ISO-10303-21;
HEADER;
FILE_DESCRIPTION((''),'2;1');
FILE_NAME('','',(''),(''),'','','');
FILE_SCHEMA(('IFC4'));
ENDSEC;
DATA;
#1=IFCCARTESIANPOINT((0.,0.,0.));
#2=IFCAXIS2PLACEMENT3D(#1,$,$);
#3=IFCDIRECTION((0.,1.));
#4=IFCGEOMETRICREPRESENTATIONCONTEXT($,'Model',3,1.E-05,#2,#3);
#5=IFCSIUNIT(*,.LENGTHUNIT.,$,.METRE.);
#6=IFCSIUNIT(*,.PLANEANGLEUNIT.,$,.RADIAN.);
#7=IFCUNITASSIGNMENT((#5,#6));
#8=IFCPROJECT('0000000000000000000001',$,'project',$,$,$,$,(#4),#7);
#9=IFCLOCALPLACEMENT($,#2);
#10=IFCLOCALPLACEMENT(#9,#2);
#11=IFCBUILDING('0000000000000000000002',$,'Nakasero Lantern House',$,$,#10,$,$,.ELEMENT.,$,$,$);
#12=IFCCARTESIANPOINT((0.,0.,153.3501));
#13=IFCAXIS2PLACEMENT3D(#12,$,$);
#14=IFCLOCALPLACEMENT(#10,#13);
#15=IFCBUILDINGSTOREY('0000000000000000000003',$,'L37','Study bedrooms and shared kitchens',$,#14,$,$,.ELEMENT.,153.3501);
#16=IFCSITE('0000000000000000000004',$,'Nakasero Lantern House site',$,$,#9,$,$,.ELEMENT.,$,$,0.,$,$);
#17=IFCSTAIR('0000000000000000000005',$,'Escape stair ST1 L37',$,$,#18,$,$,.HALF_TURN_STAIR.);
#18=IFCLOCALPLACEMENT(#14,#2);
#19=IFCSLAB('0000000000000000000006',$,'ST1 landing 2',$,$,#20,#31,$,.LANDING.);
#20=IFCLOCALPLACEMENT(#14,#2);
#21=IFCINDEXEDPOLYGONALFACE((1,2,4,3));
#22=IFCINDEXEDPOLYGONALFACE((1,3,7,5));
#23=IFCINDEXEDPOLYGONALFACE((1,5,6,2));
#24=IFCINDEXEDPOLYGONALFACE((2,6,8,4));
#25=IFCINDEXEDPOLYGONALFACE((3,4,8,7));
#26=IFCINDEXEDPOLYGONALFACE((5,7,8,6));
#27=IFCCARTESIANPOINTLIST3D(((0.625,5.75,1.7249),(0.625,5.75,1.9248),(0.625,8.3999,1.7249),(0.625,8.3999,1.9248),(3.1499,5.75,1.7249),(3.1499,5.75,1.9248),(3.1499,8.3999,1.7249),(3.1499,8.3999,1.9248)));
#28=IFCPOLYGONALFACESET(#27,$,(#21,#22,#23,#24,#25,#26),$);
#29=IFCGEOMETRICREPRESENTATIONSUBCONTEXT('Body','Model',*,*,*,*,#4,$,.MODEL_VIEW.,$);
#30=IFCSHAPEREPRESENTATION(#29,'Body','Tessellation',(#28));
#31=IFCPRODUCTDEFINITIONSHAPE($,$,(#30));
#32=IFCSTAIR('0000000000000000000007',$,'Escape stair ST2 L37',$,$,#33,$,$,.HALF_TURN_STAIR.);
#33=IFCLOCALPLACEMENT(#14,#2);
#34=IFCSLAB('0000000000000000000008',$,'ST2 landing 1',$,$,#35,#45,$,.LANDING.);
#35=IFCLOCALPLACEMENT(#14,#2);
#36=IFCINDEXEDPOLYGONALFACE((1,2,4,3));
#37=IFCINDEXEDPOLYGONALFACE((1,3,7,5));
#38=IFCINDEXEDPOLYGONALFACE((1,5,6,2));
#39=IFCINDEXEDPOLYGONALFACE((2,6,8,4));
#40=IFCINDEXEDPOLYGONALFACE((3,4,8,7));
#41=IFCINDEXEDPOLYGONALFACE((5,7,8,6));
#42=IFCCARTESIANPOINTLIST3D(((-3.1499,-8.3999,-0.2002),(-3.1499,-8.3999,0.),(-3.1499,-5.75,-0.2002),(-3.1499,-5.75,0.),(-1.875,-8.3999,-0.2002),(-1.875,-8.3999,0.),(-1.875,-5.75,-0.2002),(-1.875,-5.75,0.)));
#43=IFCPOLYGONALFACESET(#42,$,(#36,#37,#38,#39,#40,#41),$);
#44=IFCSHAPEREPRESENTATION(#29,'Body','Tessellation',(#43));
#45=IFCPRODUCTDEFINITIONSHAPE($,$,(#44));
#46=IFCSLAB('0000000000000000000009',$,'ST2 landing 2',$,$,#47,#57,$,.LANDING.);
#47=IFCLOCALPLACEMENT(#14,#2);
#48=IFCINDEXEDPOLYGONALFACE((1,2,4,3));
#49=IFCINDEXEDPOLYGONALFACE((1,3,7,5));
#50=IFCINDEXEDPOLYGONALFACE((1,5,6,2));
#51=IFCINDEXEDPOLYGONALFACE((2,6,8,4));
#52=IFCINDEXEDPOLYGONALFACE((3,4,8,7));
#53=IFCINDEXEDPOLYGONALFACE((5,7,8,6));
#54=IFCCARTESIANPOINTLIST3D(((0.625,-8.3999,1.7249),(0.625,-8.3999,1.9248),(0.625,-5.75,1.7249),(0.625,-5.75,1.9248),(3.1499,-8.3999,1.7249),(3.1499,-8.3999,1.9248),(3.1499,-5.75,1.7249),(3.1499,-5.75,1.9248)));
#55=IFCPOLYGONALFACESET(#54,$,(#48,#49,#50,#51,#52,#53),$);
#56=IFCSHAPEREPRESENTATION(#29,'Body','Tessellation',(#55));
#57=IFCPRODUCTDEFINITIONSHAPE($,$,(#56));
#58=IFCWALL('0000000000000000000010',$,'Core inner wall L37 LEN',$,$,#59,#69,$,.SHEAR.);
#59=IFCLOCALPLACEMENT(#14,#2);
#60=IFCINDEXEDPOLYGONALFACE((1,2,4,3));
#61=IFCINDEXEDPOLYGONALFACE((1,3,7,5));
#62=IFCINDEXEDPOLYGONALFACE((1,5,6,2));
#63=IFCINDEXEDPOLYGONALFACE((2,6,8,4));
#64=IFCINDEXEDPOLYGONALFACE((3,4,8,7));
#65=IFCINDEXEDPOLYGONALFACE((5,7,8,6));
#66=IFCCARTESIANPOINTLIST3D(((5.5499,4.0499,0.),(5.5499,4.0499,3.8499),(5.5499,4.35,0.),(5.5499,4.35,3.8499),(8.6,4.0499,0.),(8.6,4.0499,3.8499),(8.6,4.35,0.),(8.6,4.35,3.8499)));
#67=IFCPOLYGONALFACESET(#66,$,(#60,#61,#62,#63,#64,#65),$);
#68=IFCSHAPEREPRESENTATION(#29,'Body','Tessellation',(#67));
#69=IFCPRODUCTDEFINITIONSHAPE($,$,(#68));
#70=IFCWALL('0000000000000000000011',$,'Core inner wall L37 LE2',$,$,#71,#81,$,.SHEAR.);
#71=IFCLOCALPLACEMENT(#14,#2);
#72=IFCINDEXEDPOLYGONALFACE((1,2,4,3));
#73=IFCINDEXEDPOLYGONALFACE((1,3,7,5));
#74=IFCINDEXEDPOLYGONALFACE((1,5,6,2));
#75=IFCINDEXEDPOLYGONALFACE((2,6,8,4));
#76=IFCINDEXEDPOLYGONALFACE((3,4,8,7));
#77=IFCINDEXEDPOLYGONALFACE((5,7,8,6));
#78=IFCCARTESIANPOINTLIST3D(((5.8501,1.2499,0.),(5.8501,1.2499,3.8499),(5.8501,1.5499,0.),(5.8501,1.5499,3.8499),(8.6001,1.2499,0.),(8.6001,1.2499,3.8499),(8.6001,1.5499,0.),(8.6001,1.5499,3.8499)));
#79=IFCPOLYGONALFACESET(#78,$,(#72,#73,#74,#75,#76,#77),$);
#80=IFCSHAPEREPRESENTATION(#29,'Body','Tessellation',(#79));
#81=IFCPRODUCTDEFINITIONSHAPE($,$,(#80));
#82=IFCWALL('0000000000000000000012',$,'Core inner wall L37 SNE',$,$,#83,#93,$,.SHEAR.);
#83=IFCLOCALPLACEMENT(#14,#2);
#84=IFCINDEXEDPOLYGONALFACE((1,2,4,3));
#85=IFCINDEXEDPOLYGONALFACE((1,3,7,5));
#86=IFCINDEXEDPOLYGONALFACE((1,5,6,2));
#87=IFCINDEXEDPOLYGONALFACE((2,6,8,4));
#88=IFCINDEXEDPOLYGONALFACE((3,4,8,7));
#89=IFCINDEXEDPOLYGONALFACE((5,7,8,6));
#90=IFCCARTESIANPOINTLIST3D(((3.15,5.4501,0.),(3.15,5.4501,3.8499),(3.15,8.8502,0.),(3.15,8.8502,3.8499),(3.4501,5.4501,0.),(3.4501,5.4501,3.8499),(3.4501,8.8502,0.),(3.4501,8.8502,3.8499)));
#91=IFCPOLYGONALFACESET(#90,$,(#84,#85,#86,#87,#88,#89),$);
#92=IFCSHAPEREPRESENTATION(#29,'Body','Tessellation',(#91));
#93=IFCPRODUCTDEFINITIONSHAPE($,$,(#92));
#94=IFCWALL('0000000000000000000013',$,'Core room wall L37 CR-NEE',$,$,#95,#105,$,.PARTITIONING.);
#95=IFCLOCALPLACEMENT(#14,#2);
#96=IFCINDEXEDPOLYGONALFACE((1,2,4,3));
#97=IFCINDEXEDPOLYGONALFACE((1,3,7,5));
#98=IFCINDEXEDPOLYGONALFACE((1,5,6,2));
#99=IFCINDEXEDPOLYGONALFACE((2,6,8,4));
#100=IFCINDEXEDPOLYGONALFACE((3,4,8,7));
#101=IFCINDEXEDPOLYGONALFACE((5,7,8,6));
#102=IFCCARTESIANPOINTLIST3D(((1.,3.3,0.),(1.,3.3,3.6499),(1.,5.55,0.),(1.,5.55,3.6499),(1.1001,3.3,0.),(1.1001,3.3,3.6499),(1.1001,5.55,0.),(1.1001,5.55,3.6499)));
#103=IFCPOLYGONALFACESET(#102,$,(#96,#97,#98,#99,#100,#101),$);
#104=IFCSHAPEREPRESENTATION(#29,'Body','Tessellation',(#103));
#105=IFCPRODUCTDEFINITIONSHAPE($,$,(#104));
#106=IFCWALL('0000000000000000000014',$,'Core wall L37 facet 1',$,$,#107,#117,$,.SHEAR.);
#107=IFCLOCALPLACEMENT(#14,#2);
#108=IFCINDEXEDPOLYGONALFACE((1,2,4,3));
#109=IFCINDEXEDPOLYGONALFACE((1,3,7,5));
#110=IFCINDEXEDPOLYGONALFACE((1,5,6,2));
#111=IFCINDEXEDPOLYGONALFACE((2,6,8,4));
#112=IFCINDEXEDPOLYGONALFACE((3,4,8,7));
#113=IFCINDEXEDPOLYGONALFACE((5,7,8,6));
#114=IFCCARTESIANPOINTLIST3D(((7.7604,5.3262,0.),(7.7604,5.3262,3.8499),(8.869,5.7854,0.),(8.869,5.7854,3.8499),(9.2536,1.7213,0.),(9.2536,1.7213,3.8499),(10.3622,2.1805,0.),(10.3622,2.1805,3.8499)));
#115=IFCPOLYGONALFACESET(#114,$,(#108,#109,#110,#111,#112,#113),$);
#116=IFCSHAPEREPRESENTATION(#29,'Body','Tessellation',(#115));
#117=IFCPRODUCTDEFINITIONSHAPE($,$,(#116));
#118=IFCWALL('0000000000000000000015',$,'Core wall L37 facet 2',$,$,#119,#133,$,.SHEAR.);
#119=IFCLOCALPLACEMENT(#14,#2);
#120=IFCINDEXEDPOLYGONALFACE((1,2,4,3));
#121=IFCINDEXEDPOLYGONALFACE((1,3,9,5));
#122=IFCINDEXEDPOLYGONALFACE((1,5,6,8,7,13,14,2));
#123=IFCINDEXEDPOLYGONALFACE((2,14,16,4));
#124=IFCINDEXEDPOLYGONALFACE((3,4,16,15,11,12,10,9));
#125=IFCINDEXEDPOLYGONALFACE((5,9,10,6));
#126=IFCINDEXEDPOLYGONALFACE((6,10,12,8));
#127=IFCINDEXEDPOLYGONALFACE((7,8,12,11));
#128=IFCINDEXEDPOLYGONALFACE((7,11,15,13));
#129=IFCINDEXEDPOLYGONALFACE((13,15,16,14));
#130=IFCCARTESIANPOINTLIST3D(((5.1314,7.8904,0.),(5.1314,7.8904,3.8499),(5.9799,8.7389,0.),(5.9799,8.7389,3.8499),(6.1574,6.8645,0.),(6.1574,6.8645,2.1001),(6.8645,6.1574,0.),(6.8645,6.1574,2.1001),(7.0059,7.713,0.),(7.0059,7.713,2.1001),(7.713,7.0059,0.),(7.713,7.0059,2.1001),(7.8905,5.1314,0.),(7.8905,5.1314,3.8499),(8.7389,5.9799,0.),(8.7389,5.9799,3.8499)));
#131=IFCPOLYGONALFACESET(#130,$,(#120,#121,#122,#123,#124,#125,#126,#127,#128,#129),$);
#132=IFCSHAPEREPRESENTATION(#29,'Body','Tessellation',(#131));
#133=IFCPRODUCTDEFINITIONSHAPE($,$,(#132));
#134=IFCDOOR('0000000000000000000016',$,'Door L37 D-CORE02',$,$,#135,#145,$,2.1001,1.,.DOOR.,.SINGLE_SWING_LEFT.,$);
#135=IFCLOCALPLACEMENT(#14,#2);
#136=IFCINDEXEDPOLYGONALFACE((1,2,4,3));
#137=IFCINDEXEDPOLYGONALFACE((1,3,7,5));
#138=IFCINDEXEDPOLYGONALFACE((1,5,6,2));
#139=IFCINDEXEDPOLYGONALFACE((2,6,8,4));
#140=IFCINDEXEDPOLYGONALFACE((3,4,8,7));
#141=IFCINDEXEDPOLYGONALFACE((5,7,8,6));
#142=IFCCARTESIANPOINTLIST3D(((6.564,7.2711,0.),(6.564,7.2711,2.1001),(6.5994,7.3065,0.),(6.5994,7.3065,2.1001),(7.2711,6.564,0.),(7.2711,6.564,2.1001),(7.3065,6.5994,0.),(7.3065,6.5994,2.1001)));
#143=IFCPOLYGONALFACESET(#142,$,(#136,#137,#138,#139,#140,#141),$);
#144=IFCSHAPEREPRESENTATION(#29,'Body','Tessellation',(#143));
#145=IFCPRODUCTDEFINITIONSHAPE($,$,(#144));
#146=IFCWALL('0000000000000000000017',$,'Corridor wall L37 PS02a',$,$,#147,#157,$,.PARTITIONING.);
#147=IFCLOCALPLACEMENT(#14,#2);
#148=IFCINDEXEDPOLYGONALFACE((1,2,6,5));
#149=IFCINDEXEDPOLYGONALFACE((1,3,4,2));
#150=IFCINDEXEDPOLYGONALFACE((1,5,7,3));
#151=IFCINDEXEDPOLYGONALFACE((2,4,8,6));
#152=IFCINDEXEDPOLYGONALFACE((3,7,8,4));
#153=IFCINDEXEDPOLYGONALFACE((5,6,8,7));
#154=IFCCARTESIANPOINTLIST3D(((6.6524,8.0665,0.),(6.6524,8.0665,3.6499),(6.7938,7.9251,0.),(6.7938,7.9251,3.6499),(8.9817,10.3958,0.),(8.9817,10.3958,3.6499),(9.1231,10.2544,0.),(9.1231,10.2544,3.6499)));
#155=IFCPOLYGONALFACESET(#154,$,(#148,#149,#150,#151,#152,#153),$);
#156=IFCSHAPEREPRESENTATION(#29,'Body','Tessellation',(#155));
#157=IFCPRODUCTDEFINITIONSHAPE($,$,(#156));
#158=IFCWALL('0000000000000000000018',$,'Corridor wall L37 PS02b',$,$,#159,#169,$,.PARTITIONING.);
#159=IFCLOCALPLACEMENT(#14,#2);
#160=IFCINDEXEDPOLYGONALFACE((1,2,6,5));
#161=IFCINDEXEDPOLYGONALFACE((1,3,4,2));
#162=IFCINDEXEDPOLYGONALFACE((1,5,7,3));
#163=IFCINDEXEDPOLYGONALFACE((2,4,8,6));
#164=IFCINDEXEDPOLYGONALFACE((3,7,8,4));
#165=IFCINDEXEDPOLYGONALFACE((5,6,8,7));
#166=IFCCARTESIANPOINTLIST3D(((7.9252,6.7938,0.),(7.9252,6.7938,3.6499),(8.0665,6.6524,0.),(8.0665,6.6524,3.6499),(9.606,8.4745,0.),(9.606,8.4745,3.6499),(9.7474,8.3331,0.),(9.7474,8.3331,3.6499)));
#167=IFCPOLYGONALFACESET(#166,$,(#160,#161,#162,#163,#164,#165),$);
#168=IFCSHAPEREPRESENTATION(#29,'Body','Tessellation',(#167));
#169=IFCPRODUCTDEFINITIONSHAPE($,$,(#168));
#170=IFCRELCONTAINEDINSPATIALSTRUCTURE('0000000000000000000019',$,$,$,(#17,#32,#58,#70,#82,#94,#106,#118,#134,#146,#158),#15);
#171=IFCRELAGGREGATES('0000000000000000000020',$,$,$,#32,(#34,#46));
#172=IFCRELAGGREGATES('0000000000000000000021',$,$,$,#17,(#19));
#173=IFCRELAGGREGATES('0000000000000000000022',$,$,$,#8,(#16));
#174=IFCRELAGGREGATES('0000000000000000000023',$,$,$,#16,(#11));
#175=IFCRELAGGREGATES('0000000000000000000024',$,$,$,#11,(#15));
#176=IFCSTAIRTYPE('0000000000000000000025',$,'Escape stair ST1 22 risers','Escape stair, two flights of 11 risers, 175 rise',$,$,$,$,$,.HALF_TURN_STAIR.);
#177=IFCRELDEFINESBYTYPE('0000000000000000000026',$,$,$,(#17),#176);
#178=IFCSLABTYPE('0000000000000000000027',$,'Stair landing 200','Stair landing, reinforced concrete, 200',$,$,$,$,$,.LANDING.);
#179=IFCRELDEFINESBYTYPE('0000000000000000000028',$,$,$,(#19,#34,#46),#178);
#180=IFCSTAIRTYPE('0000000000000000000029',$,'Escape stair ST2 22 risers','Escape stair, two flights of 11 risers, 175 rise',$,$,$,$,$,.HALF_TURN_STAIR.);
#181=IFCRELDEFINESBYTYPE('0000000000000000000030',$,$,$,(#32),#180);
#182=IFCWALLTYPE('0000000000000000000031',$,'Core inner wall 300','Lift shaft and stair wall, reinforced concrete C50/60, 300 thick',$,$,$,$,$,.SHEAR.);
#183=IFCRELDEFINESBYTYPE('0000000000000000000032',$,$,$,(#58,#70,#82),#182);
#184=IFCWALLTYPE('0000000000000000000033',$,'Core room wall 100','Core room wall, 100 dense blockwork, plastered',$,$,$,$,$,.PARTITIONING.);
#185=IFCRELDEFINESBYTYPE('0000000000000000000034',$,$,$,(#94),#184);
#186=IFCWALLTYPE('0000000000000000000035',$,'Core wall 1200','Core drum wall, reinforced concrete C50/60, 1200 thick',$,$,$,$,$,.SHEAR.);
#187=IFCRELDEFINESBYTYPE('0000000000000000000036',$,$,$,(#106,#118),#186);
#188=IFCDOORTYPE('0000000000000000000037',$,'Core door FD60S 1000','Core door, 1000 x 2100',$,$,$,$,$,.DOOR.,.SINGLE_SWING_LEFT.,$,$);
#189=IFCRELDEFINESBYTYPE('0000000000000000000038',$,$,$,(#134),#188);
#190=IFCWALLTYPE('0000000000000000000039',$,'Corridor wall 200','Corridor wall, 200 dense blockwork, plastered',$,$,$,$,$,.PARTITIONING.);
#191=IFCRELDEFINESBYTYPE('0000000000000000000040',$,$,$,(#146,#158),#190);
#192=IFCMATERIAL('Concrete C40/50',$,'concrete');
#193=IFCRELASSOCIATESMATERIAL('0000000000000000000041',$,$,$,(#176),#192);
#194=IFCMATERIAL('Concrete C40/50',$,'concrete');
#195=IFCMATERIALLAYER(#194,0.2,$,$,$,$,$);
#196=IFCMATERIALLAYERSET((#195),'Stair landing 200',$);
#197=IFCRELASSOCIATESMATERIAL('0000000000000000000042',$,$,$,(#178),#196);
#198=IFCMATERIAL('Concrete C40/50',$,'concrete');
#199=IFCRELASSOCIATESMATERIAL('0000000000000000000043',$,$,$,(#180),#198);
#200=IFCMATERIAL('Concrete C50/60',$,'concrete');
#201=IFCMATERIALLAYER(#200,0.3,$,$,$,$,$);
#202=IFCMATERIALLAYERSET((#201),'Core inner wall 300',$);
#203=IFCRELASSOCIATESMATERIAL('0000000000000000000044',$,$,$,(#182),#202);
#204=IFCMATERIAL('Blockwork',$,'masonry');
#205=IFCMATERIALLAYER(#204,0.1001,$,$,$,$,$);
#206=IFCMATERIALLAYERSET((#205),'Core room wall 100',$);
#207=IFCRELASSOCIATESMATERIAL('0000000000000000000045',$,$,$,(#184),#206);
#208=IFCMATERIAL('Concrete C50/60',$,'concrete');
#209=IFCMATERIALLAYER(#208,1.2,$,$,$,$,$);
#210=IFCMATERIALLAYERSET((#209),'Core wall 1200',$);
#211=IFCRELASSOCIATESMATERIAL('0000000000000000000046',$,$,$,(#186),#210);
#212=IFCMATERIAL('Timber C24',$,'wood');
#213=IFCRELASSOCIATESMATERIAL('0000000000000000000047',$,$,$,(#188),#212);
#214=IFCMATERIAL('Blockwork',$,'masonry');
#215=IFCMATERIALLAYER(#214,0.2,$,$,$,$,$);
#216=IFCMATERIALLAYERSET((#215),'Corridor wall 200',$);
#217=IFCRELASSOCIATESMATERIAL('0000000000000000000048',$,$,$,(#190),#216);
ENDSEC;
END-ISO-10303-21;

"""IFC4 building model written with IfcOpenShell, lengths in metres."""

from ifc_helpers import new_model, si_unit, direction, frame, frame_2d, origin, place, context, subcontext, project, spatial, polyline, rectangle, outline, extrude, material, layer, layer_set, type_object, element, fill, aggregate, save


model = new_model("IFC4")

# Units and contexts
model_context = context("Model", 3, precision=1e-05, world=origin(), true_north=direction((0.0, 1.0)))
body_context = subcontext(model_context, "Body", "Model", "MODEL_VIEW")
ifc_project = project(units=[si_unit("LENGTHUNIT", "METRE"), si_unit("PLANEANGLEUNIT", "RADIAN")], contexts=[model_context])

# Site, building, storey
site_placement = place(None, origin())
site = spatial("IfcSite", under=ifc_project, at=site_placement, Name="Nakasero Lantern House site", CompositionType="ELEMENT", RefElevation=0.0)
building_placement = place(site_placement, origin())
building = spatial("IfcBuilding", under=site, at=building_placement, Name="Nakasero Lantern House", CompositionType="ELEMENT")
storey_placement = place(building_placement, frame((0.0, 0.0, 153.3501)))
storey = spatial("IfcBuildingStorey", under=building, at=storey_placement, Name="L37", Description="Study bedrooms and shared kitchens", CompositionType="ELEMENT", Elevation=153.3501)

# Stairs, slabs
ifc_material_1 = material(Name="Concrete C40/50", Category="concrete")
stair_type_1 = type_object("IfcStairType", Name="Escape stair ST1 22 risers", Description="Escape stair, two flights of 11 risers, 175 rise", PredefinedType="HALF_TURN_STAIR", material=ifc_material_1)
stair_1_placement = place(storey_placement, origin())
stair_1 = element("IfcStair", 1, at=stair_1_placement, inside=storey, type_object=stair_type_1, Name="Escape stair ST1 L37", PredefinedType="HALF_TURN_STAIR")
ifc_material_2 = material(Name="Concrete C40/50", Category="concrete")
ifc_layer_1 = layer(ifc_material_2, 0.2)
ifc_layer_set_1 = layer_set([ifc_layer_1], Name="Stair landing 200")
slab_type_1 = type_object("IfcSlabType", Name="Stair landing 200", Description="Stair landing, reinforced concrete, 200", PredefinedType="LANDING", material=ifc_layer_set_1)
slab_1_placement = place(storey_placement, frame((0.0, 0.0, 1.7249)))
slab_1 = element("IfcSlab", 2, at=slab_1_placement, type_object=slab_type_1, Name="ST1 landing 2", PredefinedType="LANDING", context=body_context, shape_type="SweptSolid", body=[
    extrude(outline(polyline([(0.625, 5.75), (3.1499, 5.75), (3.1499, 8.3999), (0.625, 8.3999), (0.625, 5.75)])), origin(), (0.0, 0.0, 1.0), 0.2),
])
ifc_material_3 = material(Name="Concrete C40/50", Category="concrete")
stair_type_2 = type_object("IfcStairType", Name="Escape stair ST2 22 risers", Description="Escape stair, two flights of 11 risers, 175 rise", PredefinedType="HALF_TURN_STAIR", material=ifc_material_3)
stair_2_placement = place(storey_placement, origin())
stair_2 = element("IfcStair", 3, at=stair_2_placement, inside=storey, type_object=stair_type_2, Name="Escape stair ST2 L37", PredefinedType="HALF_TURN_STAIR")
slab_2_placement = place(storey_placement, frame((0.0, 0.0, -0.2002)))
slab_2 = element("IfcSlab", 4, at=slab_2_placement, type_object=slab_type_1, Name="ST2 landing 1", PredefinedType="LANDING", context=body_context, shape_type="SweptSolid", body=[
    extrude(outline(polyline([(-3.1499, -8.3999), (-1.875, -8.3999), (-1.875, -5.75), (-3.1499, -5.75), (-3.1499, -8.3999)])), origin(), (0.0, 0.0, 1.0), 0.2002),
])
slab_3_placement = place(storey_placement, frame((0.0, 0.0, 1.7249)))
slab_3 = element("IfcSlab", 5, at=slab_3_placement, type_object=slab_type_1, Name="ST2 landing 2", PredefinedType="LANDING", context=body_context, shape_type="SweptSolid", body=[
    extrude(outline(polyline([(0.625, -8.3999), (3.1499, -8.3999), (3.1499, -5.75), (0.625, -5.75), (0.625, -8.3999)])), origin(), (0.0, 0.0, 1.0), 0.2),
])
aggregate(stair_2, [slab_2, slab_3])

# Walls
ifc_material_4 = material(Name="Concrete C50/60", Category="concrete")
ifc_layer_2 = layer(ifc_material_4, 0.3)
ifc_layer_set_2 = layer_set([ifc_layer_2], Name="Core inner wall 300")
wall_type_1 = type_object("IfcWallType", Name="Core inner wall 300", Description="Lift shaft and stair wall, reinforced concrete C50/60, 300 thick", PredefinedType="SHEAR", material=ifc_layer_set_2)
wall_1_placement = place(storey_placement, frame((5.55, 4.2, 0.0), z_axis=(0.0, 0.0, 1.0), x_axis=(1.0, 0.0, 0.0)))
element("IfcWall", 6, at=wall_1_placement, inside=storey, type_object=wall_type_1, Name="Core inner wall L37 LEN", PredefinedType="SHEAR", context=body_context, shape_type="SweptSolid", body=[
    extrude(rectangle(XDim=3.05, YDim=0.3, at=frame_2d((1.5249, 0.0))), origin(), (0.0, 0.0, 1.0), 3.8499),
])
wall_2_placement = place(storey_placement, frame((5.8501, 1.3999, 0.0), z_axis=(0.0, 0.0, 1.0), x_axis=(1.0, 0.0, 0.0)))
element("IfcWall", 7, at=wall_2_placement, inside=storey, type_object=wall_type_1, Name="Core inner wall L37 LE2", PredefinedType="SHEAR", context=body_context, shape_type="SweptSolid", body=[
    extrude(rectangle(XDim=2.75, YDim=0.3, at=frame_2d((1.375, 0.0))), origin(), (0.0, 0.0, 1.0), 3.8499),
])
wall_3_placement = place(storey_placement, frame((3.3, 5.45, 0.0), z_axis=(0.0, 0.0, 1.0), x_axis=(0.0, 1.0, 0.0)))
element("IfcWall", 8, at=wall_3_placement, inside=storey, type_object=wall_type_1, Name="Core inner wall L37 SNE", PredefinedType="SHEAR", context=body_context, shape_type="SweptSolid", body=[
    extrude(rectangle(XDim=3.4001, YDim=0.3, at=frame_2d((1.7002, 0.0))), origin(), (0.0, 0.0, 1.0), 3.8499),
])
ifc_material_5 = material(Name="Blockwork", Category="masonry")
ifc_layer_3 = layer(ifc_material_5, 0.1001)
ifc_layer_set_3 = layer_set([ifc_layer_3], Name="Core room wall 100")
wall_type_2 = type_object("IfcWallType", Name="Core room wall 100", Description="Core room wall, 100 dense blockwork, plastered", PredefinedType="PARTITIONING", material=ifc_layer_set_3)
wall_4_placement = place(storey_placement, frame((1.05, 3.3, 0.0), z_axis=(0.0, 0.0, 1.0), x_axis=(0.0, 1.0, 0.0)))
element("IfcWall", 9, at=wall_4_placement, inside=storey, type_object=wall_type_2, Name="Core room wall L37 CR-NEE", PredefinedType="PARTITIONING", context=body_context, shape_type="SweptSolid", body=[
    extrude(rectangle(XDim=2.25, YDim=0.1001, at=frame_2d((1.125, 0.0))), origin(), (0.0, 0.0, 1.0), 3.6499),
])
ifc_material_6 = material(Name="Concrete C50/60", Category="concrete")
ifc_layer_4 = layer(ifc_material_6, 1.2)
ifc_layer_set_4 = layer_set([ifc_layer_4], Name="Core wall 1200")
wall_type_3 = type_object("IfcWallType", Name="Core wall 1200", Description="Core drum wall, reinforced concrete C50/60, 1200 thick", PredefinedType="SHEAR", material=ifc_layer_set_4)
wall_5_placement = place(storey_placement, frame((9.8079, 1.9509, 0.0), z_axis=(0.0, 0.0, 1.0), x_axis=(-0.382691, 0.923877, 0.0)))
element("IfcWall", 10, at=wall_5_placement, inside=storey, type_object=wall_type_3, Name="Core wall L37 facet 1", PredefinedType="SHEAR", context=body_context, shape_type="SweptSolid", body=[
    extrude(rectangle(XDim=3.9019, YDim=1.2, at=frame_2d((1.9509, 0.0))), origin(), (0.0, 0.0, 1.0), 3.8499),
])

# Wall, opening, door
wall_6_placement = place(storey_placement, frame((8.3147, 5.5557, 0.0), z_axis=(0.0, 0.0, 1.0), x_axis=(-0.707107, 0.707107, 0.0)))
wall_6 = element("IfcWall", 11, at=wall_6_placement, inside=storey, type_object=wall_type_3, Name="Core wall L37 facet 2", PredefinedType="SHEAR", context=body_context, shape_type="SweptSolid", body=[
    extrude(rectangle(XDim=3.9019, YDim=1.2, at=frame_2d((1.9509, 0.0))), origin(), (0.0, 0.0, 1.0), 3.8499),
])
opening_1_placement = place(wall_6_placement, frame((1.4509, 0.0, 0.0)))
opening_1 = element("IfcOpeningElement", 12, at=opening_1_placement, cuts=wall_6, PredefinedType="OPENING", context=body_context, shape_type="SweptSolid", body=[
    extrude(rectangle(XDim=1.0, YDim=2.1001, at=frame_2d((0.5, 1.05))), frame((0.0, 0.6199, 0.0), z_axis=(0.0, -1.0, 0.0), x_axis=(1.0, 0.0, 0.0)), (0.0, 0.0, 1.0), 1.24),
])
ifc_material_7 = material(Name="Timber C24", Category="wood")
door_type_1 = type_object("IfcDoorType", Name="Core door FD60S 1000", Description="Core door, 1000 x 2100", OperationType="SINGLE_SWING_LEFT", PredefinedType="DOOR", material=ifc_material_7)
door_1_placement = place(opening_1_placement, origin())
door_1 = element("IfcDoor", 13, at=door_1_placement, inside=storey, type_object=door_type_1, Name="Door L37 D-CORE02", OperationType="SINGLE_SWING_LEFT", OverallHeight=2.1001, OverallWidth=1.0, PredefinedType="DOOR", context=body_context, shape_type="SweptSolid", body=[
    extrude(rectangle(XDim=1.0, YDim=2.1001, at=frame_2d((0.5, 1.05))), frame((0.0, 0.0249, 0.0), z_axis=(0.0, -1.0, 0.0), x_axis=(1.0, 0.0, 0.0)), (0.0, 0.0, 1.0), 0.05),
])
fill(opening_1, door_1)

# Walls
ifc_material_8 = material(Name="Blockwork", Category="masonry")
ifc_layer_5 = layer(ifc_material_8, 0.2)
ifc_layer_set_5 = layer_set([ifc_layer_5], Name="Corridor wall 200")
wall_type_4 = type_object("IfcWallType", Name="Corridor wall 200", Description="Corridor wall, 200 dense blockwork, plastered", PredefinedType="PARTITIONING", material=ifc_layer_set_5)
wall_7_placement = place(storey_placement, frame((6.7231, 7.9958, 0.0), z_axis=(0.0, 0.0, 1.0), x_axis=(0.707107, 0.707107, 0.0)))
element("IfcWall", 14, at=wall_7_placement, inside=storey, type_object=wall_type_4, Name="Corridor wall L37 PS02a", PredefinedType="PARTITIONING", context=body_context, shape_type="SweptSolid", body=[
    extrude(rectangle(XDim=3.2942, YDim=0.2, at=frame_2d((1.647, 0.0))), origin(), (0.0, 0.0, 1.0), 3.6499),
])
wall_8_placement = place(storey_placement, frame((7.9958, 6.7231, 0.0), z_axis=(0.0, 0.0, 1.0), x_axis=(0.707158, 0.707055, 0.0)))
element("IfcWall", 15, at=wall_8_placement, inside=storey, type_object=wall_type_4, Name="Corridor wall L37 PS02b", PredefinedType="PARTITIONING", context=body_context, shape_type="SweptSolid", body=[
    extrude(rectangle(XDim=2.377, YDim=0.2, at=frame_2d((1.1885, 0.0))), origin(), (0.0, 0.0, 1.0), 3.6499),
])

aggregate(stair_1, [slab_1])

save(model, "model.ifc")
